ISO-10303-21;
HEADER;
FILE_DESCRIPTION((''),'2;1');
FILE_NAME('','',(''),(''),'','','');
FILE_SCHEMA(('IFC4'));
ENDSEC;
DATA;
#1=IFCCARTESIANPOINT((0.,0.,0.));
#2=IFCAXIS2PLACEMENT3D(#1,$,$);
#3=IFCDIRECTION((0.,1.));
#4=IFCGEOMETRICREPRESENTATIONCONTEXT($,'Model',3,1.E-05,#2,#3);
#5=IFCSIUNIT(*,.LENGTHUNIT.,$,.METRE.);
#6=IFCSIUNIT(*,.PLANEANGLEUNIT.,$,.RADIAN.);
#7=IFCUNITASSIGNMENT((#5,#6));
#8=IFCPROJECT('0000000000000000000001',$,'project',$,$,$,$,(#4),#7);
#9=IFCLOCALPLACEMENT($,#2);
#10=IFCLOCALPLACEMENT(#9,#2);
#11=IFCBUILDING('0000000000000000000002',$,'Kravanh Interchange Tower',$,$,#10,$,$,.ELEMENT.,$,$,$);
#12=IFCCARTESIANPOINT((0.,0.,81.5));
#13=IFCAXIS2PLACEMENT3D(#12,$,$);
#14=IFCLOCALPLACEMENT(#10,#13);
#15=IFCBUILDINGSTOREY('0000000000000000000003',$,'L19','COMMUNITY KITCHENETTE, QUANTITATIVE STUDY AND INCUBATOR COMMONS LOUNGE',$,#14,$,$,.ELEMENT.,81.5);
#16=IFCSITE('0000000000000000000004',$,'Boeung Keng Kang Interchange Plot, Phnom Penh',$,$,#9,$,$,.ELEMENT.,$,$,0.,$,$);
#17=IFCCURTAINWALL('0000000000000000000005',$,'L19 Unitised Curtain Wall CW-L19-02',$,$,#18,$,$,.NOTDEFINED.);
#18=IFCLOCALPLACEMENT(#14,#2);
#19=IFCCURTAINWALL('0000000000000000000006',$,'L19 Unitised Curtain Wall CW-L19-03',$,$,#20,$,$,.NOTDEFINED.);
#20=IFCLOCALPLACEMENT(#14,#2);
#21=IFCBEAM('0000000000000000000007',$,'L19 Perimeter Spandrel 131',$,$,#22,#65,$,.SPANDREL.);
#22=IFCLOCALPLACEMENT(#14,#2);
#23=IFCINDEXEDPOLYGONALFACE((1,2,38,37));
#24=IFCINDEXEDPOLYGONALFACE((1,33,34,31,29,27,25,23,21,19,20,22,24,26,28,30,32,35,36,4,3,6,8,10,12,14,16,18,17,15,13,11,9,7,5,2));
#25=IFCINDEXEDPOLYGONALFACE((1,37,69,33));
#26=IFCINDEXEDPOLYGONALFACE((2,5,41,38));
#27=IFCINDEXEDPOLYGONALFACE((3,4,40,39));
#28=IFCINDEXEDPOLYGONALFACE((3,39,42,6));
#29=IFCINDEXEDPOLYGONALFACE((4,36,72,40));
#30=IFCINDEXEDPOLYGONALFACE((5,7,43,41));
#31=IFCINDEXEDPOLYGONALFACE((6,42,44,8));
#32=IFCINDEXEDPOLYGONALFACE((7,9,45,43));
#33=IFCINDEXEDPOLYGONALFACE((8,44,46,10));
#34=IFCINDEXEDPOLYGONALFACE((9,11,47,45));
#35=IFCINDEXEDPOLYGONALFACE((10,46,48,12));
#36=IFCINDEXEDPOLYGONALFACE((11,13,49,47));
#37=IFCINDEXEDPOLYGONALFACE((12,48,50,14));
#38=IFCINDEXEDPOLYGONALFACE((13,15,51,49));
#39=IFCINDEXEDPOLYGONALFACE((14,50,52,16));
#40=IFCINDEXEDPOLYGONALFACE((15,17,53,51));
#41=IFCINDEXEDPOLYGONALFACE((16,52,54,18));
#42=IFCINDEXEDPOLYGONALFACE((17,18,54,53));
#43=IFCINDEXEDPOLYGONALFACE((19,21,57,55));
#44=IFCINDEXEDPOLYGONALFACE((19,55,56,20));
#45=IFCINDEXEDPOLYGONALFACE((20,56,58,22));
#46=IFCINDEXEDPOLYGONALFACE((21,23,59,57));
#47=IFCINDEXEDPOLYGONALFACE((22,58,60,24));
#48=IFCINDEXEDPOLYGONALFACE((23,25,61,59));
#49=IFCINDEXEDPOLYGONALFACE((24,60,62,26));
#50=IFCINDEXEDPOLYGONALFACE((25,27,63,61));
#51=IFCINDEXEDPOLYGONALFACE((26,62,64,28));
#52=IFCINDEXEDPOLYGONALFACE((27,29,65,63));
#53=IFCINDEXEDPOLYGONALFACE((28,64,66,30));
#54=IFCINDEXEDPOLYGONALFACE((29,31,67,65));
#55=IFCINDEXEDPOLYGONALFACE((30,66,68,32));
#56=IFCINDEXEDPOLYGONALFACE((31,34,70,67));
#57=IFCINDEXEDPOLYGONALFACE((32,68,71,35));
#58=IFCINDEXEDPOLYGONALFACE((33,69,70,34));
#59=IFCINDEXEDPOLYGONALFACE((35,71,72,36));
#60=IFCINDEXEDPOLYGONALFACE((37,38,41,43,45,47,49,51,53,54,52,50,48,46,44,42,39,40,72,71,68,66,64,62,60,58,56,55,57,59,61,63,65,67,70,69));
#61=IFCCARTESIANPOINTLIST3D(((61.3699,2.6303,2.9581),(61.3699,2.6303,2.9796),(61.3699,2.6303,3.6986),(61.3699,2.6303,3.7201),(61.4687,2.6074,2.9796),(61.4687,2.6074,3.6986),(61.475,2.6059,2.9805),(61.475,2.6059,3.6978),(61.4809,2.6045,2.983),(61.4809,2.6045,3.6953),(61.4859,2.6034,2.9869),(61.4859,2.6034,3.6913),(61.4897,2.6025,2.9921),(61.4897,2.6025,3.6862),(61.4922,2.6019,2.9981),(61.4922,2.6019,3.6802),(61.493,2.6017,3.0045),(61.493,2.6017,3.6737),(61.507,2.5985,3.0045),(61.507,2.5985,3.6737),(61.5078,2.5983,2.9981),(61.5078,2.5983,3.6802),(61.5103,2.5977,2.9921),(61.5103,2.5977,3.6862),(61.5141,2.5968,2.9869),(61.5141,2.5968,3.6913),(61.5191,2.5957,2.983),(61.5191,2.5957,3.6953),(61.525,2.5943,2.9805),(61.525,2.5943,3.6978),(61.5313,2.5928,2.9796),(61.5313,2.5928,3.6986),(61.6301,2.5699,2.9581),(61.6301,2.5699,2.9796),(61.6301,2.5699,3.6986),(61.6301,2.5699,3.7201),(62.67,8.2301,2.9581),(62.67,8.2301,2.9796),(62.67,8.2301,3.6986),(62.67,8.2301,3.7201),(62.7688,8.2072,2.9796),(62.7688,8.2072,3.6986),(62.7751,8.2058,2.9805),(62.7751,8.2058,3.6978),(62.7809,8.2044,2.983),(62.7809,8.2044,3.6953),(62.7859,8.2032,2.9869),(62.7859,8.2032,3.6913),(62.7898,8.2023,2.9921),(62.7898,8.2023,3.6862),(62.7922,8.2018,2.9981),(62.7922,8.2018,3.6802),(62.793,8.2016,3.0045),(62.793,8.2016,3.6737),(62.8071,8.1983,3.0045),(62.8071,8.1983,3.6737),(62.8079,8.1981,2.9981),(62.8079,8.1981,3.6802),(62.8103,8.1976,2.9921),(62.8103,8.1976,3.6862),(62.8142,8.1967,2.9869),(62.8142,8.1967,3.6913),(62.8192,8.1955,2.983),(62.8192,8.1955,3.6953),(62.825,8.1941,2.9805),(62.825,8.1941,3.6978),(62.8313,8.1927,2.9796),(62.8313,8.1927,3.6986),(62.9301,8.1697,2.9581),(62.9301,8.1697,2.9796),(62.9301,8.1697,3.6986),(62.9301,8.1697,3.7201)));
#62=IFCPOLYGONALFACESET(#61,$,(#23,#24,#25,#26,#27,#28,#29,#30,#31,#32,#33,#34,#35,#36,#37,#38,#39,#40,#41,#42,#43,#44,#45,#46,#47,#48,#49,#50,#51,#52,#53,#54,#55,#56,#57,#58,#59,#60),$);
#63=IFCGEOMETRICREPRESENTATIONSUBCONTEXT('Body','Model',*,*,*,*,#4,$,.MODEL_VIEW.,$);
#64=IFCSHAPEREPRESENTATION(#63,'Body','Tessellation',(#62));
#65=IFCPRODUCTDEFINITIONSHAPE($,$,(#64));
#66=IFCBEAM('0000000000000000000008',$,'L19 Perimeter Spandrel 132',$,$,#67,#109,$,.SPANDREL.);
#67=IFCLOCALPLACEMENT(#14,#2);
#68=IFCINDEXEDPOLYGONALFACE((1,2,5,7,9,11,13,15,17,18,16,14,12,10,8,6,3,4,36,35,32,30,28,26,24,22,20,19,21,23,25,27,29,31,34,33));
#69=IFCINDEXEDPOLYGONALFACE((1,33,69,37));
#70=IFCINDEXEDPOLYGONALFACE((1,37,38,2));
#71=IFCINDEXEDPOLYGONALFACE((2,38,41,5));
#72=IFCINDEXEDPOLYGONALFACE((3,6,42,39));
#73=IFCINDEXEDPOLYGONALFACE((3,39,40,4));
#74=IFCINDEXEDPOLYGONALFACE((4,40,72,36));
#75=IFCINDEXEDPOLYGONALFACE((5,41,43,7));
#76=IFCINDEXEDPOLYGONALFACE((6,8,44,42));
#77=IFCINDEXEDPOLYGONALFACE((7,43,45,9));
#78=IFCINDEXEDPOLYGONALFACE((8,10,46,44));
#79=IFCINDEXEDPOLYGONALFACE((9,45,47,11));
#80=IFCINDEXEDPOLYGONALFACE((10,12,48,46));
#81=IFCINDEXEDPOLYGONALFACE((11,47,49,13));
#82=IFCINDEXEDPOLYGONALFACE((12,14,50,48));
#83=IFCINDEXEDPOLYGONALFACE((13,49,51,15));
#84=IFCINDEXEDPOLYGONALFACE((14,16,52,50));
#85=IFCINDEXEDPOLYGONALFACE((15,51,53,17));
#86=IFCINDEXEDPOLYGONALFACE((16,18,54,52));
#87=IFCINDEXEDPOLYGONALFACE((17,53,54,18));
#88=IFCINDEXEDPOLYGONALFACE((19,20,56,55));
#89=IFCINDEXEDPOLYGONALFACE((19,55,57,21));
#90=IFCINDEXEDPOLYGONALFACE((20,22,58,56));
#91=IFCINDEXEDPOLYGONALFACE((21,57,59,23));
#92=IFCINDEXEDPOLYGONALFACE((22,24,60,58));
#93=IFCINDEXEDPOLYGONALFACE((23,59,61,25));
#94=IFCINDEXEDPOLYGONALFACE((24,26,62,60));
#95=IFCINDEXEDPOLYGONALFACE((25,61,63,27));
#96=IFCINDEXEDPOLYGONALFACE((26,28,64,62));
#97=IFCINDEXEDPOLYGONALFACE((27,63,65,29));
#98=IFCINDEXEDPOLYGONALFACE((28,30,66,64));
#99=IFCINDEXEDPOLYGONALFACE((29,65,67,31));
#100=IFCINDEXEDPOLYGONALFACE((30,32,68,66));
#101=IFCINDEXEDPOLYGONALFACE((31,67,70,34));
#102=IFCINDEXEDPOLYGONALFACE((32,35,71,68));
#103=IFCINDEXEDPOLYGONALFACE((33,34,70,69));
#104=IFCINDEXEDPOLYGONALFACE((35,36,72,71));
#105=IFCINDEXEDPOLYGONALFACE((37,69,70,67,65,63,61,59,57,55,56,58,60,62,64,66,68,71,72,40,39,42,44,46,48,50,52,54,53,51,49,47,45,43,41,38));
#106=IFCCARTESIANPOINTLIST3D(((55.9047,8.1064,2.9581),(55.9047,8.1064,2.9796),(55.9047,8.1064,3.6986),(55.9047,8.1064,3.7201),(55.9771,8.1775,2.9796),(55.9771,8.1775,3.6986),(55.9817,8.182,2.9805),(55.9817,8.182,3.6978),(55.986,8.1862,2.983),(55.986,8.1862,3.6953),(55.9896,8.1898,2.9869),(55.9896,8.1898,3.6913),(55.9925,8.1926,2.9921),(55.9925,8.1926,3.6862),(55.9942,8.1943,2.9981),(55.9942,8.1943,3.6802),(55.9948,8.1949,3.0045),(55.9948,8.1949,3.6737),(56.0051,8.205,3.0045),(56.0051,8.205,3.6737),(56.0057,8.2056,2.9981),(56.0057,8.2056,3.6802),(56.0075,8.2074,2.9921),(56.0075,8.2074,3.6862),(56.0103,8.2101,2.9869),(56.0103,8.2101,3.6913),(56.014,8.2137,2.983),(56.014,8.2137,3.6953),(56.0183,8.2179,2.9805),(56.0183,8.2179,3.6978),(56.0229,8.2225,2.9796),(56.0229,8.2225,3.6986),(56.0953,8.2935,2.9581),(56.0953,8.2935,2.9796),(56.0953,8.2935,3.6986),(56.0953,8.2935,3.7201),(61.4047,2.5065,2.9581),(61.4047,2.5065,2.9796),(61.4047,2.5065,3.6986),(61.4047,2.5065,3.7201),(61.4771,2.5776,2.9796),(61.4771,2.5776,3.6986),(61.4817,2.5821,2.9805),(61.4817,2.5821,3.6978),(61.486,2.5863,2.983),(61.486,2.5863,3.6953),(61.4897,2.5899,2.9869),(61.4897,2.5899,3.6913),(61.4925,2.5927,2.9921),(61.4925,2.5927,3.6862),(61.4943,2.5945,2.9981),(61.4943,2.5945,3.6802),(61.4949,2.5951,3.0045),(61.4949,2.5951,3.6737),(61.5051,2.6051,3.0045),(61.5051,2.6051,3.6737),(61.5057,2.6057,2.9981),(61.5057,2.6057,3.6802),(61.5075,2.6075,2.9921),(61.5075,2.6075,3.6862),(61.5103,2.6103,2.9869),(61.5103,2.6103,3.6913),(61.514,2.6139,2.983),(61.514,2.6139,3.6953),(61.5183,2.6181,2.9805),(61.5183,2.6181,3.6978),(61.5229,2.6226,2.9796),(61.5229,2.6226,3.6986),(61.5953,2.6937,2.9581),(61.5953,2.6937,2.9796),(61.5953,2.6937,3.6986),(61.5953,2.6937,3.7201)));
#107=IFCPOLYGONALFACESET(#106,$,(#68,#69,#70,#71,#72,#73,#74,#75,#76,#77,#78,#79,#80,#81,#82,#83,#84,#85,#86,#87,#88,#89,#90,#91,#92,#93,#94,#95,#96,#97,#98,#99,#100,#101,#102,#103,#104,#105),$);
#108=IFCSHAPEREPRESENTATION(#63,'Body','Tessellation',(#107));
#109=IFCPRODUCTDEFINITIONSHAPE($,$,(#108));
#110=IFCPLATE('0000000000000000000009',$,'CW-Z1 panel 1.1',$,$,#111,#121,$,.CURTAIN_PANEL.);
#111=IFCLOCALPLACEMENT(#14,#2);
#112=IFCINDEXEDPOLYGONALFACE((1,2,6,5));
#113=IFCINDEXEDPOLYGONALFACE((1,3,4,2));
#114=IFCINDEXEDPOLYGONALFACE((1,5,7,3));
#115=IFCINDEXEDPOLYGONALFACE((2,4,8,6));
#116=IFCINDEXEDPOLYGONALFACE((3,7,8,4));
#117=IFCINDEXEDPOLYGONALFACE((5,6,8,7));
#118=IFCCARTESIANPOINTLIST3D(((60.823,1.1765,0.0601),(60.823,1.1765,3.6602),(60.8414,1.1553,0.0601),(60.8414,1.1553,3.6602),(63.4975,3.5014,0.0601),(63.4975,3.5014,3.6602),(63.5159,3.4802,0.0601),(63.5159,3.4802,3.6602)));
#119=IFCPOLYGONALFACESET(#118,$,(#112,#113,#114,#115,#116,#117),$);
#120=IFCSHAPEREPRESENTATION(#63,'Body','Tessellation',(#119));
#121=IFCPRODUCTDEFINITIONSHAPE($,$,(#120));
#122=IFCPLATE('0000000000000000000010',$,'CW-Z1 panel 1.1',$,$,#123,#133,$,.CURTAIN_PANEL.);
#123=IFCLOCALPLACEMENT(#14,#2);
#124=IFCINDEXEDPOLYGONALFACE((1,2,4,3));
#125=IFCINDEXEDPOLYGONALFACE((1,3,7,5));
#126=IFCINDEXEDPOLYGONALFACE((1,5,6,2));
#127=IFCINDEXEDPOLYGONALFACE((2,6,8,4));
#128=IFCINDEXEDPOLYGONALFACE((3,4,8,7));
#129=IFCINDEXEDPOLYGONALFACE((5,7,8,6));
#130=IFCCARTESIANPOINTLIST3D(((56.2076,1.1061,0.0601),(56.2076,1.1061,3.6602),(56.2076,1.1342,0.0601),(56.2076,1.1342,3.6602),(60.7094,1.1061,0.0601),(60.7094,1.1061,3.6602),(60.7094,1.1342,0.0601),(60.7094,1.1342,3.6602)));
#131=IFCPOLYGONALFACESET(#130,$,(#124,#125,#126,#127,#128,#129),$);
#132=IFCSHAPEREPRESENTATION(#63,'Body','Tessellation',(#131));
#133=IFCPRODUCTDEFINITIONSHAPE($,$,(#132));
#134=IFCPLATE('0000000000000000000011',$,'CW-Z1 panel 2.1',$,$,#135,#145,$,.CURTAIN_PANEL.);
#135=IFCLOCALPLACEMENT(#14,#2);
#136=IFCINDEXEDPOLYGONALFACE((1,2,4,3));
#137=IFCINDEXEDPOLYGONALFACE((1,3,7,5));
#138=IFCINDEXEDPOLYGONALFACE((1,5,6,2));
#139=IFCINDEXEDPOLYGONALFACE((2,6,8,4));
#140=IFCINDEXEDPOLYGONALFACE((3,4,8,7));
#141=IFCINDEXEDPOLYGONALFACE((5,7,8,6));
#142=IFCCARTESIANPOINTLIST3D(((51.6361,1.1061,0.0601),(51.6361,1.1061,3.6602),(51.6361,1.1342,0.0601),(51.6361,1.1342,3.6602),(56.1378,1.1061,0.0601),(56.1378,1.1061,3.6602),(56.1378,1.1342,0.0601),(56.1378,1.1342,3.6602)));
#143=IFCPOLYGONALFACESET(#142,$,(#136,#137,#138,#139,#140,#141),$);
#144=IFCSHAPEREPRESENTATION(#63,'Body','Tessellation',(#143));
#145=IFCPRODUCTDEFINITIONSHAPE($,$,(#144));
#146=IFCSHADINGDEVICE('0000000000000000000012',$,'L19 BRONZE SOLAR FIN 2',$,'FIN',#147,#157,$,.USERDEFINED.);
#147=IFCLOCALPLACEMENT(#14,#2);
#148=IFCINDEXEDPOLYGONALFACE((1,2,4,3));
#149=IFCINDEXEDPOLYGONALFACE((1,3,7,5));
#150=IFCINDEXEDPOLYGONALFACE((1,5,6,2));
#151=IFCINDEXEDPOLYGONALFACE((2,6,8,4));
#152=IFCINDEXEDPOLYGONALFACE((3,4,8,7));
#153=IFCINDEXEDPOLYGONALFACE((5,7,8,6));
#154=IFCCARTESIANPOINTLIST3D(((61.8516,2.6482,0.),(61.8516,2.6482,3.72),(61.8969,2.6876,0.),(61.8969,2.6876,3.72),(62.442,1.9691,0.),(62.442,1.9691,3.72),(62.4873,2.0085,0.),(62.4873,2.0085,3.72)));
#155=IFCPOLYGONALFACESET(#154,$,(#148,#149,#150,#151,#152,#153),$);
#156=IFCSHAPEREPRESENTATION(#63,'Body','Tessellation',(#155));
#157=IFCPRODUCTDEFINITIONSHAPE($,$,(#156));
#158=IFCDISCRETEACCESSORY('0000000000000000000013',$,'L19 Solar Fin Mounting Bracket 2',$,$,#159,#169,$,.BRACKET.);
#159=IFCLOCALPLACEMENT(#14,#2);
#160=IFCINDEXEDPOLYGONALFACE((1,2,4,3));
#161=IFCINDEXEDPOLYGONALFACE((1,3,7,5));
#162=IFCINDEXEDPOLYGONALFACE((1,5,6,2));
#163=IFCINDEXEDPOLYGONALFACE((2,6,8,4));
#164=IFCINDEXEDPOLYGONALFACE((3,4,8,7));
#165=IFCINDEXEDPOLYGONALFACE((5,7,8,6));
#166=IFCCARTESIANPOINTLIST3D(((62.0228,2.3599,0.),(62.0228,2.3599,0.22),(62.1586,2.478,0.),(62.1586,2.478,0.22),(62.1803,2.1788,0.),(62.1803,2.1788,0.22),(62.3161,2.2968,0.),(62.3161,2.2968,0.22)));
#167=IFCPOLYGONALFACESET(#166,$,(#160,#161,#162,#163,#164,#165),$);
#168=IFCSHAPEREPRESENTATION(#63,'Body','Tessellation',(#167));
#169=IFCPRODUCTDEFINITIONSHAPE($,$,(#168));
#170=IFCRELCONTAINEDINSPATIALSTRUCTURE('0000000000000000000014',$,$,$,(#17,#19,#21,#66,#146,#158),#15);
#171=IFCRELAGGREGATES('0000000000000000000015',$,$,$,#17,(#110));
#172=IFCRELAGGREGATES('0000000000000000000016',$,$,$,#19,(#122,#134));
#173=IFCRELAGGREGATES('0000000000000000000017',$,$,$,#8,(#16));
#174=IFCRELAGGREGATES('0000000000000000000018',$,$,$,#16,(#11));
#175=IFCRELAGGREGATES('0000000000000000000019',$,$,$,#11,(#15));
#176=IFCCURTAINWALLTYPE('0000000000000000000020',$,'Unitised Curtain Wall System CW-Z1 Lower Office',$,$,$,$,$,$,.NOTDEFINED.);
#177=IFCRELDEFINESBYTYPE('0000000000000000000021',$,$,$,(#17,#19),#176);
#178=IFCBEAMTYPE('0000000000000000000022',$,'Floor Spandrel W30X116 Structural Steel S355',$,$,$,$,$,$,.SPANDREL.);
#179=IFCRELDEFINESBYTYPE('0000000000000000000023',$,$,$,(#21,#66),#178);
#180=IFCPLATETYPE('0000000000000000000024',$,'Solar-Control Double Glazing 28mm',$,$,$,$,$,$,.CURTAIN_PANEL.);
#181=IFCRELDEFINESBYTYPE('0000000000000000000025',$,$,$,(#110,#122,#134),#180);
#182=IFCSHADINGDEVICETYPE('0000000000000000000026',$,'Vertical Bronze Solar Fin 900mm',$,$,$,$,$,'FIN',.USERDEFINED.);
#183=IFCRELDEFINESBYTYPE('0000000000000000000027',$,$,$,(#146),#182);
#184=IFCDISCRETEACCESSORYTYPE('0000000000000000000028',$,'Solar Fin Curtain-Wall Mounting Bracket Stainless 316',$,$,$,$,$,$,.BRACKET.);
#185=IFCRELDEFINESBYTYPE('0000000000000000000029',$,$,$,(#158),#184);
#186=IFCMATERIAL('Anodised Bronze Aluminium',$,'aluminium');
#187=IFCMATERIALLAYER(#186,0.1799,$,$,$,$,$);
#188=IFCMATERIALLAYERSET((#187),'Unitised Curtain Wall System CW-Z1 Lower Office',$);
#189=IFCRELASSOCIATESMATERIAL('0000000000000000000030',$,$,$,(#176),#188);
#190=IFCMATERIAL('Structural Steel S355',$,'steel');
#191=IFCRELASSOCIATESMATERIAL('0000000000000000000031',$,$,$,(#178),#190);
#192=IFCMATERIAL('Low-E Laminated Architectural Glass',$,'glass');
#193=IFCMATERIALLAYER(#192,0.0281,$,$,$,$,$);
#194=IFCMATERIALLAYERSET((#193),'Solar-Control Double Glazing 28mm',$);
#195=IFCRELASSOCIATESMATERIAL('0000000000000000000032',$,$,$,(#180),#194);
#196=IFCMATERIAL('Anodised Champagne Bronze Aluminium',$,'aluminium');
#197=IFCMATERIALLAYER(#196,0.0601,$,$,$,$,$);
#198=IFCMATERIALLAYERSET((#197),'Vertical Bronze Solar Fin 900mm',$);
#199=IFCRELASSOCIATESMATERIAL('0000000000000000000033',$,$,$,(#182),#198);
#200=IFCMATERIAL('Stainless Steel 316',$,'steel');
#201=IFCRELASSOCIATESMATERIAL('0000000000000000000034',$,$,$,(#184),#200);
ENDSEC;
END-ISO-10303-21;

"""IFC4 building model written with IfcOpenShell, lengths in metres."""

from ifc_helpers import new_model, si_unit, direction, frame, origin, origin_2d, place, context, subcontext, project, spatial, rectangle, i_section, extrude, material, layer, layer_set, material_profile, profile_set, type_object, element, aggregate, save


model = new_model("IFC4")

# Units and contexts
model_context = context("Model", 3, precision=1e-05, world=origin(), true_north=direction((0.0, 1.0)))
body_context = subcontext(model_context, "Body", "Model", "MODEL_VIEW")
ifc_project = project(units=[si_unit("LENGTHUNIT", "METRE"), si_unit("PLANEANGLEUNIT", "RADIAN")], contexts=[model_context])

# Site, building, storey
site_placement = place(None, origin())
site = spatial("IfcSite", under=ifc_project, at=site_placement, Name="Boeung Keng Kang Interchange Plot, Phnom Penh", CompositionType="ELEMENT", RefElevation=0.0)
building_placement = place(site_placement, origin())
building = spatial("IfcBuilding", under=site, at=building_placement, Name="Kravanh Interchange Tower", CompositionType="ELEMENT")
storey_placement = place(building_placement, frame((0.0, 0.0, 81.5)))
storey = spatial("IfcBuildingStorey", under=building, at=storey_placement, Name="L19", Description="COMMUNITY KITCHENETTE, QUANTITATIVE STUDY AND INCUBATOR COMMONS LOUNGE", CompositionType="ELEMENT", Elevation=81.5)

# Curtain walls
ifc_material_1 = material(Name="Anodised Bronze Aluminium", Category="aluminium")
ifc_layer_1 = layer(ifc_material_1, 0.1799)
ifc_layer_set_1 = layer_set([ifc_layer_1], Name="Unitised Curtain Wall System CW-Z1 Lower Office")
curtain_wall_type = type_object("IfcCurtainWallType", Name="Unitised Curtain Wall System CW-Z1 Lower Office", PredefinedType="NOTDEFINED", material=ifc_layer_set_1)
curtain_wall_1_placement = place(storey_placement, origin())
curtain_wall_1 = element("IfcCurtainWall", 1, at=curtain_wall_1_placement, inside=storey, type_object=curtain_wall_type, Name="L19 Unitised Curtain Wall CW-L19-02", PredefinedType="NOTDEFINED")
curtain_wall_2_placement = place(storey_placement, origin())
curtain_wall_2 = element("IfcCurtainWall", 2, at=curtain_wall_2_placement, inside=storey, type_object=curtain_wall_type, Name="L19 Unitised Curtain Wall CW-L19-03", PredefinedType="NOTDEFINED")

# Beams
ifc_material_2 = material(Name="Structural Steel S355", Category="steel")
ifc_material_profile_1 = material_profile(ifc_material_2, i_section(OverallWidth=0.2671, OverallDepth=0.762, WebThickness=0.0144, FlangeThickness=0.0215, FilletRadius=0.0249, at=origin_2d()), Name="W30X116")
ifc_profile_set_1 = profile_set([ifc_material_profile_1], Name="Structural Steel S355")
beam_type_1 = type_object("IfcBeamType", Name="Floor Spandrel W30X116 Structural Steel S355", PredefinedType="SPANDREL", material=ifc_profile_set_1)
beam_1_placement = place(storey_placement, frame((61.5, 2.6001, 3.3391), z_axis=(0.226143, 0.974094, 0.0), x_axis=(-0.974094, 0.226143, 0.0)))
element("IfcBeam", 3, at=beam_1_placement, inside=storey, type_object=beam_type_1, Name="L19 Perimeter Spandrel 131", PredefinedType="SPANDREL", context=body_context, shape_type="SweptSolid", body=[
    extrude(i_section(OverallWidth=0.2671, OverallDepth=0.762, WebThickness=0.0144, FlangeThickness=0.0215, FilletRadius=0.0249, at=origin_2d()), origin(), (0.0, 0.0, 1.0), 5.7488),
])
beam_2_placement = place(storey_placement, frame((61.5, 2.6001, 3.3391), z_axis=(-0.700717, 0.713439, 0.0), x_axis=(-0.713439, -0.700717, 0.0)))
element("IfcBeam", 4, at=beam_2_placement, inside=storey, type_object=beam_type_1, Name="L19 Perimeter Spandrel 132", PredefinedType="SPANDREL", context=body_context, shape_type="SweptSolid", body=[
    extrude(i_section(OverallWidth=0.2671, OverallDepth=0.762, WebThickness=0.0144, FlangeThickness=0.0215, FilletRadius=0.0249, at=origin_2d()), origin(), (0.0, 0.0, 1.0), 7.8491),
])

# Plates
ifc_material_3 = material(Name="Low-E Laminated Architectural Glass", Category="glass")
ifc_layer_2 = layer(ifc_material_3, 0.0281)
ifc_layer_set_2 = layer_set([ifc_layer_2], Name="Solar-Control Double Glazing 28mm")
plate_type = type_object("IfcPlateType", Name="Solar-Control Double Glazing 28mm", PredefinedType="CURTAIN_PANEL", material=ifc_layer_set_2)
plate_1_placement = place(storey_placement, frame((62.1694, 2.3284, 0.0601), z_axis=(0.0, 0.0, 1.0), x_axis=(-0.754708, -0.65606, 0.0)))
plate_1 = element("IfcPlate", 5, at=plate_1_placement, type_object=plate_type, Name="CW-Z1 panel 1.1", PredefinedType="CURTAIN_PANEL", context=body_context, shape_type="SweptSolid", body=[
    extrude(rectangle(XDim=3.5437, YDim=0.0281, at=origin_2d()), origin(), (0.0, 0.0, 1.0), 3.6001),
])
aggregate(curtain_wall_1, [plate_1])
plate_2_placement = place(storey_placement, frame((58.4585, 1.1201, 0.0601), z_axis=(0.0, 0.0, 1.0), x_axis=(-1.0, 0.0, 0.0)))
plate_2 = element("IfcPlate", 6, at=plate_2_placement, type_object=plate_type, Name="CW-Z1 panel 1.1", PredefinedType="CURTAIN_PANEL", context=body_context, shape_type="SweptSolid", body=[
    extrude(rectangle(XDim=4.5017, YDim=0.0281, at=origin_2d()), origin(), (0.0, 0.0, 1.0), 3.6001),
])
plate_3_placement = place(storey_placement, frame((53.887, 1.1201, 0.0601), z_axis=(0.0, 0.0, 1.0), x_axis=(-1.0, 0.0, 0.0)))
plate_3 = element("IfcPlate", 7, at=plate_3_placement, type_object=plate_type, Name="CW-Z1 panel 2.1", PredefinedType="CURTAIN_PANEL", context=body_context, shape_type="SweptSolid", body=[
    extrude(rectangle(XDim=4.5017, YDim=0.0281, at=origin_2d()), origin(), (0.0, 0.0, 1.0), 3.6001),
])
aggregate(curtain_wall_2, [plate_2, plate_3])

# Shading device
ifc_material_4 = material(Name="Anodised Champagne Bronze Aluminium", Category="aluminium")
ifc_layer_3 = layer(ifc_material_4, 0.0601)
ifc_layer_set_3 = layer_set([ifc_layer_3], Name="Vertical Bronze Solar Fin 900mm")
shading_device_type = type_object("IfcShadingDeviceType", Name="Vertical Bronze Solar Fin 900mm", ElementType="FIN", PredefinedType="USERDEFINED", material=ifc_layer_set_3)
shading_device_placement = place(storey_placement, frame((62.1694, 2.3284, 0.0), z_axis=(0.0, 0.0, 1.0), x_axis=(0.656068, -0.754702, 0.0)))
element("IfcShadingDevice", 8, at=shading_device_placement, inside=storey, type_object=shading_device_type, Name="L19 BRONZE SOLAR FIN 2", ObjectType="FIN", PredefinedType="USERDEFINED", context=body_context, shape_type="SweptSolid", body=[
    extrude(rectangle(XDim=0.8999, YDim=0.0601, at=origin_2d()), origin(), (0.0, 0.0, 1.0), 3.72),
])

# Discrete accessory
ifc_material_5 = material(Name="Stainless Steel 316", Category="steel")
discrete_accessory_type = type_object("IfcDiscreteAccessoryType", Name="Solar Fin Curtain-Wall Mounting Bracket Stainless 316", PredefinedType="BRACKET", material=ifc_material_5)
discrete_accessory_placement = place(storey_placement, frame((62.1694, 2.3284, 0.0), z_axis=(0.0, 0.0, 1.0), x_axis=(0.656068, -0.754702, 0.0)))
element("IfcDiscreteAccessory", 9, at=discrete_accessory_placement, inside=storey, type_object=discrete_accessory_type, Name="L19 Solar Fin Mounting Bracket 2", PredefinedType="BRACKET", context=body_context, shape_type="SweptSolid", body=[
    extrude(rectangle(XDim=0.24, YDim=0.1799, at=origin_2d()), origin(), (0.0, 0.0, 1.0), 0.22),
])

save(model, "model.ifc")
